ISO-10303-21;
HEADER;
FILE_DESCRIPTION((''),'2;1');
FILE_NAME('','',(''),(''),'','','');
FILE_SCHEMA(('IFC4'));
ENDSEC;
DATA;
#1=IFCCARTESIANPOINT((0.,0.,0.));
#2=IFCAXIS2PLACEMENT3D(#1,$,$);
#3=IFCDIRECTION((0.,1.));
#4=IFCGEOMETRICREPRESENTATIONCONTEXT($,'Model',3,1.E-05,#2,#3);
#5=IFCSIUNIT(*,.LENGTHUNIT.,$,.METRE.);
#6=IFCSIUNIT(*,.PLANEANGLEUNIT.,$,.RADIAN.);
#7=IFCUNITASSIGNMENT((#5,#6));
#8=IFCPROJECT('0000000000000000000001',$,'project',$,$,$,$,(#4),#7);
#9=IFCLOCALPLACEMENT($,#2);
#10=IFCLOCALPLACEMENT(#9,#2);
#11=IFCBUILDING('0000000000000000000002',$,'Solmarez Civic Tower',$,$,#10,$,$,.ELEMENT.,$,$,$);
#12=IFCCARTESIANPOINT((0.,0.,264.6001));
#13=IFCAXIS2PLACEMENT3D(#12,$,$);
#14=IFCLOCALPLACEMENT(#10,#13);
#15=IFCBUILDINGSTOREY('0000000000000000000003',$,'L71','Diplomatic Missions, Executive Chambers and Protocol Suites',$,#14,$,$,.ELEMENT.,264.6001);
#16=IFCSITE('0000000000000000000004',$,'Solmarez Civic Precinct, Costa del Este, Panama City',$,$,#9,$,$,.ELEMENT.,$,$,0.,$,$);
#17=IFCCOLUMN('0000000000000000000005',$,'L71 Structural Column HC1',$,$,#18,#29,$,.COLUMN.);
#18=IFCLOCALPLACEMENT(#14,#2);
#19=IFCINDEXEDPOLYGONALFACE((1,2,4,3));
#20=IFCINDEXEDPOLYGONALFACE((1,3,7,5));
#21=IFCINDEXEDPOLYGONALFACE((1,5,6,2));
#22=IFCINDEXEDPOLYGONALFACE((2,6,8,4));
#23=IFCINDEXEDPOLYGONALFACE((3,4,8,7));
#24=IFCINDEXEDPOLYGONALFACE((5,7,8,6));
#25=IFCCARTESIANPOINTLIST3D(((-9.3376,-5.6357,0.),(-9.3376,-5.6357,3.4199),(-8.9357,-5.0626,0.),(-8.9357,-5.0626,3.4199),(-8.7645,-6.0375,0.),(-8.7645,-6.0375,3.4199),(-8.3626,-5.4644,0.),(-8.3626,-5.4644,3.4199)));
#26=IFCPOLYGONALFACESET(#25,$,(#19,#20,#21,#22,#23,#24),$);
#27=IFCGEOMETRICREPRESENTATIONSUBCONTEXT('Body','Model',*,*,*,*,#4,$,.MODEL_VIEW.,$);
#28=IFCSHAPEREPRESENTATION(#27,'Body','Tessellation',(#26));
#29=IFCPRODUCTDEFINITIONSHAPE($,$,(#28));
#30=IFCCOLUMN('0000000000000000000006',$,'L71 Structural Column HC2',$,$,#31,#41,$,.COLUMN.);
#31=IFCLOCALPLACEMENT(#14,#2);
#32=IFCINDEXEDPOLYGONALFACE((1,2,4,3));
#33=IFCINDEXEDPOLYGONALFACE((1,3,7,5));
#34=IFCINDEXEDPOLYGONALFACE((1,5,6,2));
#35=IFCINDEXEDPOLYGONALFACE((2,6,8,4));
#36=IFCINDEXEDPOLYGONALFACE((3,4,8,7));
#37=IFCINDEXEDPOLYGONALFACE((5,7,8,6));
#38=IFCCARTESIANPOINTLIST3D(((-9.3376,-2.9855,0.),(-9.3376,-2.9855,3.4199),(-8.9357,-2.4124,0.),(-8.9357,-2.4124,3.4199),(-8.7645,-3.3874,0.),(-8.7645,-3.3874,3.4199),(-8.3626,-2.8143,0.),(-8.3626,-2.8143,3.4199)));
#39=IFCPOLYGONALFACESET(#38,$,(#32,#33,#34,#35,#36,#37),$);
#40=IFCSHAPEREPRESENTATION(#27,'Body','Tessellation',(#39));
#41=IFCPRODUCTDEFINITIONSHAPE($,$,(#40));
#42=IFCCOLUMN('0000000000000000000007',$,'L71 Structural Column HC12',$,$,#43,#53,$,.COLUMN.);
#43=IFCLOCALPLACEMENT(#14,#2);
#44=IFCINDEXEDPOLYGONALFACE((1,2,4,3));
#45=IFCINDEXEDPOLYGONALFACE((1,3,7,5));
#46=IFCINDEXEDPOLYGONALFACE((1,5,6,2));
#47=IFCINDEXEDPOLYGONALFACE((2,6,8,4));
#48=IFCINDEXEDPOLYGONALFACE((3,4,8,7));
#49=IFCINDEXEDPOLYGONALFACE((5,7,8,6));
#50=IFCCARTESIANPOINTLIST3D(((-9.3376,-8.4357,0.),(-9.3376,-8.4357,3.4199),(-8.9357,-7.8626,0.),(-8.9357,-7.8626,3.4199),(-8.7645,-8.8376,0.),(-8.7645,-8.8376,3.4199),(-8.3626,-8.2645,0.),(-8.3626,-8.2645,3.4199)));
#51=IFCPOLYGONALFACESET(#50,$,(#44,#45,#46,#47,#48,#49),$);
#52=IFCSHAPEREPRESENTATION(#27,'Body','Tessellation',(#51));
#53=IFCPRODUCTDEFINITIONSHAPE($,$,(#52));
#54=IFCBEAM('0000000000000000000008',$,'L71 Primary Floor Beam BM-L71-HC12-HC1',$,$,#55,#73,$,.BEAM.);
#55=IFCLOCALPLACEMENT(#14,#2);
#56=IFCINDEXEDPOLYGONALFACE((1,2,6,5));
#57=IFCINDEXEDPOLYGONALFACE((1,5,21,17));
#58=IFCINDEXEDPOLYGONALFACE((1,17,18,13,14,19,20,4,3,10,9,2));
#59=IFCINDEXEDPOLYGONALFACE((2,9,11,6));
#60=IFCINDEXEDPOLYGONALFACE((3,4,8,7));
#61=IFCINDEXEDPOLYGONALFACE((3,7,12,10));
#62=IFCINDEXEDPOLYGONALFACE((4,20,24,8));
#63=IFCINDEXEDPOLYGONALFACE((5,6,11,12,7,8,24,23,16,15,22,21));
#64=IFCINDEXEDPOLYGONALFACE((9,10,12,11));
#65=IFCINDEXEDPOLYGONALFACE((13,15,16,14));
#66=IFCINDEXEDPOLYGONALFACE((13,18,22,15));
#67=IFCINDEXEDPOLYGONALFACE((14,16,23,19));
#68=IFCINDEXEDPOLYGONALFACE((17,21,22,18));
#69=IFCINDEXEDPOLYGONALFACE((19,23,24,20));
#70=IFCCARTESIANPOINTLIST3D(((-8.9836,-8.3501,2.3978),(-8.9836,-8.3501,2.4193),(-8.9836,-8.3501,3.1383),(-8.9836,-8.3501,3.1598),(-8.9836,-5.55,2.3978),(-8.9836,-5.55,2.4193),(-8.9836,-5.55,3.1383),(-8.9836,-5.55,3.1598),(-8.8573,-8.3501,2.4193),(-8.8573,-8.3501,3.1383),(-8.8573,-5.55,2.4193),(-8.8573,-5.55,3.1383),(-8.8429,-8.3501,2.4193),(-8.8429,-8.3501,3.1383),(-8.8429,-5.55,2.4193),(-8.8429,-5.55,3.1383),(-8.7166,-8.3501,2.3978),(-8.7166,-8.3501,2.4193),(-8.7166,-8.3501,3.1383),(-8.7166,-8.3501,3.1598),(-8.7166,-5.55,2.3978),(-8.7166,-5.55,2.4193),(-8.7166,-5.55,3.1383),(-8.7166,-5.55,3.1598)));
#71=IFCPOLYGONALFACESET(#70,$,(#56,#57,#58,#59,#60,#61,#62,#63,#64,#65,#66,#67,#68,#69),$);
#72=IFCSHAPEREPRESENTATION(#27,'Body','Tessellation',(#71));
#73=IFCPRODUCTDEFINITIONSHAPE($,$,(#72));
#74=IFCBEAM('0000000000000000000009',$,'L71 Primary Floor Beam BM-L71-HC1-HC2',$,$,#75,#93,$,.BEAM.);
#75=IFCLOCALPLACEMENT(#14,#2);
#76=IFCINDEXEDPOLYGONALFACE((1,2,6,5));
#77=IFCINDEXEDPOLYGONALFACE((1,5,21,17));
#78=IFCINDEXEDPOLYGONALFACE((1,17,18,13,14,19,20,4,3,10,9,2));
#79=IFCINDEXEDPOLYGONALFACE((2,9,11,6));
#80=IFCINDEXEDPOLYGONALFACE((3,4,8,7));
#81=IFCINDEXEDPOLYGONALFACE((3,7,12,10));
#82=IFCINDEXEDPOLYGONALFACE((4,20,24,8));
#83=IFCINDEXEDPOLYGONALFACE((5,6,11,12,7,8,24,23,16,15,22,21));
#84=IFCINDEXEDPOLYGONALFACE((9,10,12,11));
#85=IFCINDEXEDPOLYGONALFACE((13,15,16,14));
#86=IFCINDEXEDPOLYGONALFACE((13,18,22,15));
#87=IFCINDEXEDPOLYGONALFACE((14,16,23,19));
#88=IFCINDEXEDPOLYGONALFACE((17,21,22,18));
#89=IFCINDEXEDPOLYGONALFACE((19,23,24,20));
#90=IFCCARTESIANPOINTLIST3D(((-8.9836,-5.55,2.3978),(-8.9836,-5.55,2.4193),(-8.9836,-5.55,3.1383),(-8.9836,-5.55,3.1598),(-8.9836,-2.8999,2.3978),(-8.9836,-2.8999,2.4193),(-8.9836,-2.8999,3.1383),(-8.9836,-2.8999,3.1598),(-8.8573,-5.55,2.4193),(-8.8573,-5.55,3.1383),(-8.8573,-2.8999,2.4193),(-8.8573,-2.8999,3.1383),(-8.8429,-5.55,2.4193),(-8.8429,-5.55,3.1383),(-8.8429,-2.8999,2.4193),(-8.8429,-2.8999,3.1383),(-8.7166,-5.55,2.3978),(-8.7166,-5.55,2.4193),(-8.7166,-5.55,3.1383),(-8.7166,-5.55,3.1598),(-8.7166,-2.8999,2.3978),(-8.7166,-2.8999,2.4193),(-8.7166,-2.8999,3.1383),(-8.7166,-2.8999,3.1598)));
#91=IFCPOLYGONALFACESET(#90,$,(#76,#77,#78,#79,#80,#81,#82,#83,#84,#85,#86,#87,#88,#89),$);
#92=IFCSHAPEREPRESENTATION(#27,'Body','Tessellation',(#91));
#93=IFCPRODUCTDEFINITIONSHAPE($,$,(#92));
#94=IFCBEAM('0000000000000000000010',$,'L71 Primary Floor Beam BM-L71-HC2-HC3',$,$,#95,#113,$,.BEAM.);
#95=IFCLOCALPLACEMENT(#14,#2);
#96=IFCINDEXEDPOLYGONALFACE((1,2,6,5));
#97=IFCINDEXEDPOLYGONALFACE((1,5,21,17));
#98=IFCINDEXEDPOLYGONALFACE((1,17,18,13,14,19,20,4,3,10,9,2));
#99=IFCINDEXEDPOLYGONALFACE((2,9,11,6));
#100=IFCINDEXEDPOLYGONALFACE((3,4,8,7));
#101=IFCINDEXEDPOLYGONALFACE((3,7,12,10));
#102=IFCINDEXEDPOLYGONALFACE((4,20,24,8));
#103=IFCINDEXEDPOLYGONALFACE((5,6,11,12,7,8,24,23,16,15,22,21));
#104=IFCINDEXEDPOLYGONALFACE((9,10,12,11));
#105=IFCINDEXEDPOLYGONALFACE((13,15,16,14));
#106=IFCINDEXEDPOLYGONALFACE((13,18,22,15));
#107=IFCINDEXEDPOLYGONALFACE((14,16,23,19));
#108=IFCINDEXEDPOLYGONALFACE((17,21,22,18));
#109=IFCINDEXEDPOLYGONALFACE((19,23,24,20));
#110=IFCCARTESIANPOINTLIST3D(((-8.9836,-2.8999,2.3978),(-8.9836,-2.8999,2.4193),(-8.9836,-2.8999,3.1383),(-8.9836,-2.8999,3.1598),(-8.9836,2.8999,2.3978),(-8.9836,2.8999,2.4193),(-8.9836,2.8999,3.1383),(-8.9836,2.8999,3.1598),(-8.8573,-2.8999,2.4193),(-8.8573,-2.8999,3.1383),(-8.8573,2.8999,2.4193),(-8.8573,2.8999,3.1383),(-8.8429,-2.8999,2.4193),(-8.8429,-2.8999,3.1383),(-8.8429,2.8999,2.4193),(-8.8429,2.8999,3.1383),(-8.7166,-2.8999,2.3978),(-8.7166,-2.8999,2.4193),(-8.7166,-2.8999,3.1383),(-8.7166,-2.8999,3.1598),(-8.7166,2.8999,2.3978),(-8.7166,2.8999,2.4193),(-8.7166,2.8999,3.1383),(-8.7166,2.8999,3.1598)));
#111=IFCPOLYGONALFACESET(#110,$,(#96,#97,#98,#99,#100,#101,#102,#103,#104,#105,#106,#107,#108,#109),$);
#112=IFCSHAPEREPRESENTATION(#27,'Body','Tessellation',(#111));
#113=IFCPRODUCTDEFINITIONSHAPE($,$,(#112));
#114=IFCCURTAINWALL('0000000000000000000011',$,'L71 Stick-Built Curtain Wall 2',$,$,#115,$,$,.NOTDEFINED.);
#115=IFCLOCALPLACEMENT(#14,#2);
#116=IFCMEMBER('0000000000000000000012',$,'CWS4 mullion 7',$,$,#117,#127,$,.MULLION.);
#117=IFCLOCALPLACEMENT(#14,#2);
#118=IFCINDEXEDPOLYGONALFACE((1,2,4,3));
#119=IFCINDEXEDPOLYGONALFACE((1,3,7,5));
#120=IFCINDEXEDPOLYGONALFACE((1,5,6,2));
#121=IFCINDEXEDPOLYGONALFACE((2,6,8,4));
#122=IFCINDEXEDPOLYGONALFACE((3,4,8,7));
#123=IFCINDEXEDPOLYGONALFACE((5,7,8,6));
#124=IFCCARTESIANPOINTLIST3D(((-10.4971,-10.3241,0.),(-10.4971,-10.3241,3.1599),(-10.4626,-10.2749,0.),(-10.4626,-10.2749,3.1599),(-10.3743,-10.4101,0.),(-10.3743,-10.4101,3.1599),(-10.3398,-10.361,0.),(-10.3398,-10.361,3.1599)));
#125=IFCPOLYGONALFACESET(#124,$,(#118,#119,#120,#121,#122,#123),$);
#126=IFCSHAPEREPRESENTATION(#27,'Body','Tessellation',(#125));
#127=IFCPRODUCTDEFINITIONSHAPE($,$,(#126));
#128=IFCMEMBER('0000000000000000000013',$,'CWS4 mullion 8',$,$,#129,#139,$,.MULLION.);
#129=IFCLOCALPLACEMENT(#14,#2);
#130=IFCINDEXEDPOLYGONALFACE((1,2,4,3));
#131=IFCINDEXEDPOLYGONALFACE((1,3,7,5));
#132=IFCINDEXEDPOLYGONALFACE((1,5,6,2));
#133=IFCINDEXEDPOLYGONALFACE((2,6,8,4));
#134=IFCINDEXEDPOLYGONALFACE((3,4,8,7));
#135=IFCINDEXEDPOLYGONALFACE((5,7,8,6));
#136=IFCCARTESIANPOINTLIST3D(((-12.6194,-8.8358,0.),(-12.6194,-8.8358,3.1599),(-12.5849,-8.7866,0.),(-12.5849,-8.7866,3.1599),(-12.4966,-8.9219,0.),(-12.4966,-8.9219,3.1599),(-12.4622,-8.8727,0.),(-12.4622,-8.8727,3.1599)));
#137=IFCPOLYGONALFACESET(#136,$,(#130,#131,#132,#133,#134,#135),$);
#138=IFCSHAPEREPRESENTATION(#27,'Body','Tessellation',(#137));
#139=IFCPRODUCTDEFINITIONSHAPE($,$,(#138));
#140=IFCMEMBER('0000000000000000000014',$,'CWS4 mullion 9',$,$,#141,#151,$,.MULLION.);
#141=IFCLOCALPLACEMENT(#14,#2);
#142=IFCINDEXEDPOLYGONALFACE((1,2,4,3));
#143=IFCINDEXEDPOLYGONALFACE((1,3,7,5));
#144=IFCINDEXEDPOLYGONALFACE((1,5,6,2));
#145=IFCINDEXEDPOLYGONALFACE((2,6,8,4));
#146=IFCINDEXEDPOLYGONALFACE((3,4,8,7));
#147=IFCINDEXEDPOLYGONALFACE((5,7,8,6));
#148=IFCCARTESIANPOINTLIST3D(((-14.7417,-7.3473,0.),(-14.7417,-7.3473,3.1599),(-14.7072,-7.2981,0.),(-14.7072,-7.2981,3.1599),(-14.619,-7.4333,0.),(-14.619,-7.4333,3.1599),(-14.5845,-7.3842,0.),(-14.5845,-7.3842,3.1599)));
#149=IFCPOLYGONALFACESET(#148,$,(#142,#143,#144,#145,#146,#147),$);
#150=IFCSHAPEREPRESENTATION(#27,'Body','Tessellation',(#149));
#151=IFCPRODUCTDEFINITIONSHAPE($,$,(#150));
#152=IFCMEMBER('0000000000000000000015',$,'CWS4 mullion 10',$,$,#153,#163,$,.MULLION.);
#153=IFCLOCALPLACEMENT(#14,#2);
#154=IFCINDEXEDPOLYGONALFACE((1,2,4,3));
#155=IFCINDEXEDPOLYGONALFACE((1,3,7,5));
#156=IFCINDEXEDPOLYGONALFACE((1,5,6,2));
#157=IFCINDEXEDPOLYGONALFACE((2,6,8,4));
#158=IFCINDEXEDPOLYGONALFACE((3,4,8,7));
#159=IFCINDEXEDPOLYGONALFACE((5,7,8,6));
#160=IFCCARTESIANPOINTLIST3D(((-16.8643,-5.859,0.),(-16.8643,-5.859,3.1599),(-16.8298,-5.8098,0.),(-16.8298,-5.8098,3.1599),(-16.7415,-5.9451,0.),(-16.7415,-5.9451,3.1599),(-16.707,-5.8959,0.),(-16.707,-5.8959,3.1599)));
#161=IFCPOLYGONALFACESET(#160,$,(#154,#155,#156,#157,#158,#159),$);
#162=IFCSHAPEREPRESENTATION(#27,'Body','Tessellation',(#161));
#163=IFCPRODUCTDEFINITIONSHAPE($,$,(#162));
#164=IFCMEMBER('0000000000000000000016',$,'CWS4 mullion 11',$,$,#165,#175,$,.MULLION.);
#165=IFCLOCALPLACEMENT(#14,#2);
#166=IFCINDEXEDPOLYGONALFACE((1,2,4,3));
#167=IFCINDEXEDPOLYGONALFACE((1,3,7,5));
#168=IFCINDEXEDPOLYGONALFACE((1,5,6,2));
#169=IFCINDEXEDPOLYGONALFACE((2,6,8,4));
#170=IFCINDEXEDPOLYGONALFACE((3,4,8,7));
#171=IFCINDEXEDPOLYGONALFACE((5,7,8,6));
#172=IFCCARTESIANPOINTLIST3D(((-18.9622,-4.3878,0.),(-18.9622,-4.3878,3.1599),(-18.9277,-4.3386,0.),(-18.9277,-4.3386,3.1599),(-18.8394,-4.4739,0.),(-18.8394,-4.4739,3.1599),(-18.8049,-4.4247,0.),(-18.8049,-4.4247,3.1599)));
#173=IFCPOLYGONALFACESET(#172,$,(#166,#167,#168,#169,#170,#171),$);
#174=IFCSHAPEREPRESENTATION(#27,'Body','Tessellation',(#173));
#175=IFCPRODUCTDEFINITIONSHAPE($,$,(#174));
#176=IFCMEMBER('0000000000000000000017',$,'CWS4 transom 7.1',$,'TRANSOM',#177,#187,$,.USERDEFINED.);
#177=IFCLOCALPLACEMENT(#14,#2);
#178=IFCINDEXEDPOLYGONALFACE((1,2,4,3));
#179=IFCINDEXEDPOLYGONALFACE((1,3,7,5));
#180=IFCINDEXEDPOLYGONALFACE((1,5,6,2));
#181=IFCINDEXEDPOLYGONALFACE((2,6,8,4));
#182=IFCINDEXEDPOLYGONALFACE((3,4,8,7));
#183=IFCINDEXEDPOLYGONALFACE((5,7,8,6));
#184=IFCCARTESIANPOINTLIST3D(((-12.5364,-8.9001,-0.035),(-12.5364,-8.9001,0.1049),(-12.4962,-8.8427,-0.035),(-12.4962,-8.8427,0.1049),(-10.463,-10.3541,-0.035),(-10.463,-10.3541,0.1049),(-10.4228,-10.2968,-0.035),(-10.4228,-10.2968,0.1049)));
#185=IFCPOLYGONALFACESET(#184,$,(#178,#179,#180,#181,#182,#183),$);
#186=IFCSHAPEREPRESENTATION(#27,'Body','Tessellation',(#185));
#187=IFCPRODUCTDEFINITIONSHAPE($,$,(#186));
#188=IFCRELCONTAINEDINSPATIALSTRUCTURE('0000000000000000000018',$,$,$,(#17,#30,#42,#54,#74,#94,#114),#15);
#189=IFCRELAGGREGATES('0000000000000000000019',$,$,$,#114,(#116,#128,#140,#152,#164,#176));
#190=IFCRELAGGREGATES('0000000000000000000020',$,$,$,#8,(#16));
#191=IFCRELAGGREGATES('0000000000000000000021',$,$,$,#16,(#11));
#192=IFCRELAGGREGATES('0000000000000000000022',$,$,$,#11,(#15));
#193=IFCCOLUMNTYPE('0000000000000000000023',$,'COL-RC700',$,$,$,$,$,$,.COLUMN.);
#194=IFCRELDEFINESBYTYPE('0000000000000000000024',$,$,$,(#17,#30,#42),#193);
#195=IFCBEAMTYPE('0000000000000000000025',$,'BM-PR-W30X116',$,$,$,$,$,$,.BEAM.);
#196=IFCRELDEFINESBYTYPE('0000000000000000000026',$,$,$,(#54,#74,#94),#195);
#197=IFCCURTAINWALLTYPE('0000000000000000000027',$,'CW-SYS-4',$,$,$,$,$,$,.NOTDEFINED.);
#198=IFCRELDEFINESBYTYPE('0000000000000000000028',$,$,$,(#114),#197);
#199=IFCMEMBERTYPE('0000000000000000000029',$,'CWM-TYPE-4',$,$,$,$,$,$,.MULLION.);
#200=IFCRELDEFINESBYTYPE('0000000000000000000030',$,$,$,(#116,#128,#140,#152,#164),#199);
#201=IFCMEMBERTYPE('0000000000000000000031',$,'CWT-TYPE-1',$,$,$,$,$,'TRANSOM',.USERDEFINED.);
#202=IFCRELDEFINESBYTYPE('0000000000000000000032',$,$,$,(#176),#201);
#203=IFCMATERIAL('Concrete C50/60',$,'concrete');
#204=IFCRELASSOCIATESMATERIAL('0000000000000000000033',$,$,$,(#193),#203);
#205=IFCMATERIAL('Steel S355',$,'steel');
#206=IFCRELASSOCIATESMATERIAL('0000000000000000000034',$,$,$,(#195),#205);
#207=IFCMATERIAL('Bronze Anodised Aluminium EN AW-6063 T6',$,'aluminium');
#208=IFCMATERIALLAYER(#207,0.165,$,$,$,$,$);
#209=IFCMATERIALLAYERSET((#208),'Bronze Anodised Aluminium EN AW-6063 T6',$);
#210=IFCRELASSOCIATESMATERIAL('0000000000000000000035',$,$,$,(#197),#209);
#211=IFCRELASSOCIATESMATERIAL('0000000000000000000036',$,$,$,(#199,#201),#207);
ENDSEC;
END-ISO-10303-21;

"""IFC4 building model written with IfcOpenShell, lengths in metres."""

from ifc_helpers import new_model, si_unit, direction, frame, origin, origin_2d, place, context, subcontext, project, spatial, rectangle, i_section, extrude, material, layer, layer_set, material_profile, profile_set, type_object, element, aggregate, save


model = new_model("IFC4")

# Units and contexts
model_context = context("Model", 3, precision=1e-05, world=origin(), true_north=direction((0.0, 1.0)))
body_context = subcontext(model_context, "Body", "Model", "MODEL_VIEW")
ifc_project = project(units=[si_unit("LENGTHUNIT", "METRE"), si_unit("PLANEANGLEUNIT", "RADIAN")], contexts=[model_context])

# Site, building, storey
site_placement = place(None, origin())
site = spatial("IfcSite", under=ifc_project, at=site_placement, Name="Solmarez Civic Precinct, Costa del Este, Panama City", CompositionType="ELEMENT", RefElevation=0.0)
building_placement = place(site_placement, origin())
building = spatial("IfcBuilding", under=site, at=building_placement, Name="Solmarez Civic Tower", CompositionType="ELEMENT")
storey_placement = place(building_placement, frame((0.0, 0.0, 264.6001)))
storey = spatial("IfcBuildingStorey", under=building, at=storey_placement, Name="L71", Description="Diplomatic Missions, Executive Chambers and Protocol Suites", CompositionType="ELEMENT", Elevation=264.6001)

# Columns
ifc_material_1 = material(Name="Concrete C50/60", Category="concrete")
ifc_material_profile_1 = material_profile(ifc_material_1, rectangle(XDim=0.7, YDim=0.7, at=origin_2d()), Name="RC700X700")
ifc_profile_set_1 = profile_set([ifc_material_profile_1], Name="Concrete C50/60")
column_type = type_object("IfcColumnType", Name="COL-RC700", PredefinedType="COLUMN", material=ifc_profile_set_1)
for number, where, z_axis, x_axis, name in (
    (1, (-8.8501, -5.55, 0.0), (0.0, 0.0, 1.0), (0.574148, 0.818751, 0.0), "L71 Structural Column HC1"),
    (2, (-8.8501, -2.8999, 0.0), (0.0, 0.0, 1.0), (0.574148, 0.818751, 0.0), "L71 Structural Column HC2"),
    (3, (-8.8501, -8.3501, 0.0), (0.0, 0.0, 1.0), (0.574148, 0.818751, 0.0), "L71 Structural Column HC12"),
):
    element("IfcColumn", number, at=place(storey_placement, frame(where, z_axis=z_axis, x_axis=x_axis)), inside=storey, type_object=column_type, Name=name, PredefinedType="COLUMN", context=body_context, shape_type="SweptSolid", body=[
        extrude(rectangle(XDim=0.7, YDim=0.7, at=origin_2d()), origin(), (0.0, 0.0, 1.0), 3.4199),
    ])

# Beams
ifc_material_2 = material(Name="Steel S355", Category="steel")
ifc_material_profile_2 = material_profile(ifc_material_2, i_section(OverallWidth=0.2671, OverallDepth=0.762, WebThickness=0.0144, FlangeThickness=0.0215, at=origin_2d()), Name="W30X116")
ifc_profile_set_2 = profile_set([ifc_material_profile_2], Name="Steel S355")
beam_type = type_object("IfcBeamType", Name="BM-PR-W30X116", PredefinedType="BEAM", material=ifc_profile_set_2)
beam_1_placement = place(storey_placement, frame((-8.8501, -8.3501, 2.7788), z_axis=(0.0, 1.0, 0.0), x_axis=(-1.0, 0.0, 0.0)))
element("IfcBeam", 4, at=beam_1_placement, inside=storey, type_object=beam_type, Name="L71 Primary Floor Beam BM-L71-HC12-HC1", PredefinedType="BEAM", context=body_context, shape_type="SweptSolid", body=[
    extrude(i_section(OverallWidth=0.2671, OverallDepth=0.762, WebThickness=0.0144, FlangeThickness=0.0215, at=origin_2d()), origin(), (0.0, 0.0, 1.0), 2.8),
])
beam_2_placement = place(storey_placement, frame((-8.8501, -5.55, 2.7788), z_axis=(0.0, 1.0, 0.0), x_axis=(-1.0, 0.0, 0.0)))
element("IfcBeam", 5, at=beam_2_placement, inside=storey, type_object=beam_type, Name="L71 Primary Floor Beam BM-L71-HC1-HC2", PredefinedType="BEAM", context=body_context, shape_type="SweptSolid", body=[
    extrude(i_section(OverallWidth=0.2671, OverallDepth=0.762, WebThickness=0.0144, FlangeThickness=0.0215, at=origin_2d()), origin(), (0.0, 0.0, 1.0), 2.6501),
])
beam_3_placement = place(storey_placement, frame((-8.8501, -2.8999, 2.7788), z_axis=(0.0, 1.0, 0.0), x_axis=(-1.0, 0.0, 0.0)))
element("IfcBeam", 6, at=beam_3_placement, inside=storey, type_object=beam_type, Name="L71 Primary Floor Beam BM-L71-HC2-HC3", PredefinedType="BEAM", context=body_context, shape_type="SweptSolid", body=[
    extrude(i_section(OverallWidth=0.2671, OverallDepth=0.762, WebThickness=0.0144, FlangeThickness=0.0215, at=origin_2d()), origin(), (0.0, 0.0, 1.0), 5.7998),
])

# Curtain wall, members
ifc_material_3 = material(Name="Bronze Anodised Aluminium EN AW-6063 T6", Category="aluminium")
ifc_layer_1 = layer(ifc_material_3, 0.165)
ifc_layer_set_1 = layer_set([ifc_layer_1], Name="Bronze Anodised Aluminium EN AW-6063 T6")
curtain_wall_type = type_object("IfcCurtainWallType", Name="CW-SYS-4", PredefinedType="NOTDEFINED", material=ifc_layer_set_1)
curtain_wall_placement = place(storey_placement, origin())
curtain_wall = element("IfcCurtainWall", 7, at=curtain_wall_placement, inside=storey, type_object=curtain_wall_type, Name="L71 Stick-Built Curtain Wall 2", PredefinedType="NOTDEFINED")
ifc_material_profile_3 = material_profile(ifc_material_3, rectangle(XDim=0.0601, YDim=0.1499, at=origin_2d()), Name="CWM-60X150")
ifc_profile_set_3 = profile_set([ifc_material_profile_3], Name="Bronze Anodised Aluminium EN AW-6063 T6")
member_type_1 = type_object("IfcMemberType", Name="CWM-TYPE-4", PredefinedType="MULLION", material=ifc_profile_set_3)
member_1_placement = place(storey_placement, frame((-10.4185, -10.3425, 0.0), z_axis=(0.0, 0.0, 1.0), x_axis=(-0.574166, -0.818739, 0.0)))
member_1 = element("IfcMember", 8, at=member_1_placement, type_object=member_type_1, Name="CWS4 mullion 7", PredefinedType="MULLION", context=body_context, shape_type="SweptSolid", body=[
    extrude(rectangle(XDim=0.0601, YDim=0.1499, at=origin_2d()), origin(), (0.0, 0.0, 1.0), 3.1599),
])
member_2_placement = place(storey_placement, frame((-12.5408, -8.8542, 0.0), z_axis=(0.0, 0.0, 1.0), x_axis=(-0.574166, -0.818739, 0.0)))
member_2 = element("IfcMember", 9, at=member_2_placement, type_object=member_type_1, Name="CWS4 mullion 8", PredefinedType="MULLION", context=body_context, shape_type="SweptSolid", body=[
    extrude(rectangle(XDim=0.0601, YDim=0.1499, at=origin_2d()), origin(), (0.0, 0.0, 1.0), 3.1599),
])
member_3_placement = place(storey_placement, frame((-14.6631, -7.3657, 0.0), z_axis=(0.0, 0.0, 1.0), x_axis=(-0.574166, -0.818739, 0.0)))
member_3 = element("IfcMember", 10, at=member_3_placement, type_object=member_type_1, Name="CWS4 mullion 9", PredefinedType="MULLION", context=body_context, shape_type="SweptSolid", body=[
    extrude(rectangle(XDim=0.0601, YDim=0.1499, at=origin_2d()), origin(), (0.0, 0.0, 1.0), 3.1599),
])
member_4_placement = place(storey_placement, frame((-16.7856, -5.8774, 0.0), z_axis=(0.0, 0.0, 1.0), x_axis=(-0.574166, -0.818739, 0.0)))
member_4 = element("IfcMember", 11, at=member_4_placement, type_object=member_type_1, Name="CWS4 mullion 10", PredefinedType="MULLION", context=body_context, shape_type="SweptSolid", body=[
    extrude(rectangle(XDim=0.0601, YDim=0.1499, at=origin_2d()), origin(), (0.0, 0.0, 1.0), 3.1599),
])
member_5_placement = place(storey_placement, frame((-18.8835, -4.4062, 0.0), z_axis=(0.0, 0.0, 1.0), x_axis=(-0.574166, -0.818739, 0.0)))
member_5 = element("IfcMember", 12, at=member_5_placement, type_object=member_type_1, Name="CWS4 mullion 11", PredefinedType="MULLION", context=body_context, shape_type="SweptSolid", body=[
    extrude(rectangle(XDim=0.0601, YDim=0.1499, at=origin_2d()), origin(), (0.0, 0.0, 1.0), 3.1599),
])
ifc_material_profile_4 = material_profile(ifc_material_3, rectangle(XDim=0.0701, YDim=0.1399, at=origin_2d()), Name="CWT-70X140")
ifc_profile_set_4 = profile_set([ifc_material_profile_4], Name="Bronze Anodised Aluminium EN AW-6063 T6")
member_type_2 = type_object("IfcMemberType", Name="CWT-TYPE-1", ElementType="TRANSOM", PredefinedType="USERDEFINED", material=ifc_profile_set_4)
member_6_placement = place(storey_placement, frame((-10.4429, -10.3254, 0.0349), z_axis=(-0.818738, 0.574167, 0.0), x_axis=(-0.574167, -0.818738, 0.0)))
member_6 = element("IfcMember", 13, at=member_6_placement, type_object=member_type_2, Name="CWS4 transom 7.1", ObjectType="TRANSOM", PredefinedType="USERDEFINED", context=body_context, shape_type="SweptSolid", body=[
    extrude(rectangle(XDim=0.0701, YDim=0.1399, at=origin_2d()), origin(), (0.0, 0.0, 1.0), 2.5325),
])
aggregate(curtain_wall, [member_1, member_2, member_3, member_4, member_5, member_6])

save(model, "model.ifc")
